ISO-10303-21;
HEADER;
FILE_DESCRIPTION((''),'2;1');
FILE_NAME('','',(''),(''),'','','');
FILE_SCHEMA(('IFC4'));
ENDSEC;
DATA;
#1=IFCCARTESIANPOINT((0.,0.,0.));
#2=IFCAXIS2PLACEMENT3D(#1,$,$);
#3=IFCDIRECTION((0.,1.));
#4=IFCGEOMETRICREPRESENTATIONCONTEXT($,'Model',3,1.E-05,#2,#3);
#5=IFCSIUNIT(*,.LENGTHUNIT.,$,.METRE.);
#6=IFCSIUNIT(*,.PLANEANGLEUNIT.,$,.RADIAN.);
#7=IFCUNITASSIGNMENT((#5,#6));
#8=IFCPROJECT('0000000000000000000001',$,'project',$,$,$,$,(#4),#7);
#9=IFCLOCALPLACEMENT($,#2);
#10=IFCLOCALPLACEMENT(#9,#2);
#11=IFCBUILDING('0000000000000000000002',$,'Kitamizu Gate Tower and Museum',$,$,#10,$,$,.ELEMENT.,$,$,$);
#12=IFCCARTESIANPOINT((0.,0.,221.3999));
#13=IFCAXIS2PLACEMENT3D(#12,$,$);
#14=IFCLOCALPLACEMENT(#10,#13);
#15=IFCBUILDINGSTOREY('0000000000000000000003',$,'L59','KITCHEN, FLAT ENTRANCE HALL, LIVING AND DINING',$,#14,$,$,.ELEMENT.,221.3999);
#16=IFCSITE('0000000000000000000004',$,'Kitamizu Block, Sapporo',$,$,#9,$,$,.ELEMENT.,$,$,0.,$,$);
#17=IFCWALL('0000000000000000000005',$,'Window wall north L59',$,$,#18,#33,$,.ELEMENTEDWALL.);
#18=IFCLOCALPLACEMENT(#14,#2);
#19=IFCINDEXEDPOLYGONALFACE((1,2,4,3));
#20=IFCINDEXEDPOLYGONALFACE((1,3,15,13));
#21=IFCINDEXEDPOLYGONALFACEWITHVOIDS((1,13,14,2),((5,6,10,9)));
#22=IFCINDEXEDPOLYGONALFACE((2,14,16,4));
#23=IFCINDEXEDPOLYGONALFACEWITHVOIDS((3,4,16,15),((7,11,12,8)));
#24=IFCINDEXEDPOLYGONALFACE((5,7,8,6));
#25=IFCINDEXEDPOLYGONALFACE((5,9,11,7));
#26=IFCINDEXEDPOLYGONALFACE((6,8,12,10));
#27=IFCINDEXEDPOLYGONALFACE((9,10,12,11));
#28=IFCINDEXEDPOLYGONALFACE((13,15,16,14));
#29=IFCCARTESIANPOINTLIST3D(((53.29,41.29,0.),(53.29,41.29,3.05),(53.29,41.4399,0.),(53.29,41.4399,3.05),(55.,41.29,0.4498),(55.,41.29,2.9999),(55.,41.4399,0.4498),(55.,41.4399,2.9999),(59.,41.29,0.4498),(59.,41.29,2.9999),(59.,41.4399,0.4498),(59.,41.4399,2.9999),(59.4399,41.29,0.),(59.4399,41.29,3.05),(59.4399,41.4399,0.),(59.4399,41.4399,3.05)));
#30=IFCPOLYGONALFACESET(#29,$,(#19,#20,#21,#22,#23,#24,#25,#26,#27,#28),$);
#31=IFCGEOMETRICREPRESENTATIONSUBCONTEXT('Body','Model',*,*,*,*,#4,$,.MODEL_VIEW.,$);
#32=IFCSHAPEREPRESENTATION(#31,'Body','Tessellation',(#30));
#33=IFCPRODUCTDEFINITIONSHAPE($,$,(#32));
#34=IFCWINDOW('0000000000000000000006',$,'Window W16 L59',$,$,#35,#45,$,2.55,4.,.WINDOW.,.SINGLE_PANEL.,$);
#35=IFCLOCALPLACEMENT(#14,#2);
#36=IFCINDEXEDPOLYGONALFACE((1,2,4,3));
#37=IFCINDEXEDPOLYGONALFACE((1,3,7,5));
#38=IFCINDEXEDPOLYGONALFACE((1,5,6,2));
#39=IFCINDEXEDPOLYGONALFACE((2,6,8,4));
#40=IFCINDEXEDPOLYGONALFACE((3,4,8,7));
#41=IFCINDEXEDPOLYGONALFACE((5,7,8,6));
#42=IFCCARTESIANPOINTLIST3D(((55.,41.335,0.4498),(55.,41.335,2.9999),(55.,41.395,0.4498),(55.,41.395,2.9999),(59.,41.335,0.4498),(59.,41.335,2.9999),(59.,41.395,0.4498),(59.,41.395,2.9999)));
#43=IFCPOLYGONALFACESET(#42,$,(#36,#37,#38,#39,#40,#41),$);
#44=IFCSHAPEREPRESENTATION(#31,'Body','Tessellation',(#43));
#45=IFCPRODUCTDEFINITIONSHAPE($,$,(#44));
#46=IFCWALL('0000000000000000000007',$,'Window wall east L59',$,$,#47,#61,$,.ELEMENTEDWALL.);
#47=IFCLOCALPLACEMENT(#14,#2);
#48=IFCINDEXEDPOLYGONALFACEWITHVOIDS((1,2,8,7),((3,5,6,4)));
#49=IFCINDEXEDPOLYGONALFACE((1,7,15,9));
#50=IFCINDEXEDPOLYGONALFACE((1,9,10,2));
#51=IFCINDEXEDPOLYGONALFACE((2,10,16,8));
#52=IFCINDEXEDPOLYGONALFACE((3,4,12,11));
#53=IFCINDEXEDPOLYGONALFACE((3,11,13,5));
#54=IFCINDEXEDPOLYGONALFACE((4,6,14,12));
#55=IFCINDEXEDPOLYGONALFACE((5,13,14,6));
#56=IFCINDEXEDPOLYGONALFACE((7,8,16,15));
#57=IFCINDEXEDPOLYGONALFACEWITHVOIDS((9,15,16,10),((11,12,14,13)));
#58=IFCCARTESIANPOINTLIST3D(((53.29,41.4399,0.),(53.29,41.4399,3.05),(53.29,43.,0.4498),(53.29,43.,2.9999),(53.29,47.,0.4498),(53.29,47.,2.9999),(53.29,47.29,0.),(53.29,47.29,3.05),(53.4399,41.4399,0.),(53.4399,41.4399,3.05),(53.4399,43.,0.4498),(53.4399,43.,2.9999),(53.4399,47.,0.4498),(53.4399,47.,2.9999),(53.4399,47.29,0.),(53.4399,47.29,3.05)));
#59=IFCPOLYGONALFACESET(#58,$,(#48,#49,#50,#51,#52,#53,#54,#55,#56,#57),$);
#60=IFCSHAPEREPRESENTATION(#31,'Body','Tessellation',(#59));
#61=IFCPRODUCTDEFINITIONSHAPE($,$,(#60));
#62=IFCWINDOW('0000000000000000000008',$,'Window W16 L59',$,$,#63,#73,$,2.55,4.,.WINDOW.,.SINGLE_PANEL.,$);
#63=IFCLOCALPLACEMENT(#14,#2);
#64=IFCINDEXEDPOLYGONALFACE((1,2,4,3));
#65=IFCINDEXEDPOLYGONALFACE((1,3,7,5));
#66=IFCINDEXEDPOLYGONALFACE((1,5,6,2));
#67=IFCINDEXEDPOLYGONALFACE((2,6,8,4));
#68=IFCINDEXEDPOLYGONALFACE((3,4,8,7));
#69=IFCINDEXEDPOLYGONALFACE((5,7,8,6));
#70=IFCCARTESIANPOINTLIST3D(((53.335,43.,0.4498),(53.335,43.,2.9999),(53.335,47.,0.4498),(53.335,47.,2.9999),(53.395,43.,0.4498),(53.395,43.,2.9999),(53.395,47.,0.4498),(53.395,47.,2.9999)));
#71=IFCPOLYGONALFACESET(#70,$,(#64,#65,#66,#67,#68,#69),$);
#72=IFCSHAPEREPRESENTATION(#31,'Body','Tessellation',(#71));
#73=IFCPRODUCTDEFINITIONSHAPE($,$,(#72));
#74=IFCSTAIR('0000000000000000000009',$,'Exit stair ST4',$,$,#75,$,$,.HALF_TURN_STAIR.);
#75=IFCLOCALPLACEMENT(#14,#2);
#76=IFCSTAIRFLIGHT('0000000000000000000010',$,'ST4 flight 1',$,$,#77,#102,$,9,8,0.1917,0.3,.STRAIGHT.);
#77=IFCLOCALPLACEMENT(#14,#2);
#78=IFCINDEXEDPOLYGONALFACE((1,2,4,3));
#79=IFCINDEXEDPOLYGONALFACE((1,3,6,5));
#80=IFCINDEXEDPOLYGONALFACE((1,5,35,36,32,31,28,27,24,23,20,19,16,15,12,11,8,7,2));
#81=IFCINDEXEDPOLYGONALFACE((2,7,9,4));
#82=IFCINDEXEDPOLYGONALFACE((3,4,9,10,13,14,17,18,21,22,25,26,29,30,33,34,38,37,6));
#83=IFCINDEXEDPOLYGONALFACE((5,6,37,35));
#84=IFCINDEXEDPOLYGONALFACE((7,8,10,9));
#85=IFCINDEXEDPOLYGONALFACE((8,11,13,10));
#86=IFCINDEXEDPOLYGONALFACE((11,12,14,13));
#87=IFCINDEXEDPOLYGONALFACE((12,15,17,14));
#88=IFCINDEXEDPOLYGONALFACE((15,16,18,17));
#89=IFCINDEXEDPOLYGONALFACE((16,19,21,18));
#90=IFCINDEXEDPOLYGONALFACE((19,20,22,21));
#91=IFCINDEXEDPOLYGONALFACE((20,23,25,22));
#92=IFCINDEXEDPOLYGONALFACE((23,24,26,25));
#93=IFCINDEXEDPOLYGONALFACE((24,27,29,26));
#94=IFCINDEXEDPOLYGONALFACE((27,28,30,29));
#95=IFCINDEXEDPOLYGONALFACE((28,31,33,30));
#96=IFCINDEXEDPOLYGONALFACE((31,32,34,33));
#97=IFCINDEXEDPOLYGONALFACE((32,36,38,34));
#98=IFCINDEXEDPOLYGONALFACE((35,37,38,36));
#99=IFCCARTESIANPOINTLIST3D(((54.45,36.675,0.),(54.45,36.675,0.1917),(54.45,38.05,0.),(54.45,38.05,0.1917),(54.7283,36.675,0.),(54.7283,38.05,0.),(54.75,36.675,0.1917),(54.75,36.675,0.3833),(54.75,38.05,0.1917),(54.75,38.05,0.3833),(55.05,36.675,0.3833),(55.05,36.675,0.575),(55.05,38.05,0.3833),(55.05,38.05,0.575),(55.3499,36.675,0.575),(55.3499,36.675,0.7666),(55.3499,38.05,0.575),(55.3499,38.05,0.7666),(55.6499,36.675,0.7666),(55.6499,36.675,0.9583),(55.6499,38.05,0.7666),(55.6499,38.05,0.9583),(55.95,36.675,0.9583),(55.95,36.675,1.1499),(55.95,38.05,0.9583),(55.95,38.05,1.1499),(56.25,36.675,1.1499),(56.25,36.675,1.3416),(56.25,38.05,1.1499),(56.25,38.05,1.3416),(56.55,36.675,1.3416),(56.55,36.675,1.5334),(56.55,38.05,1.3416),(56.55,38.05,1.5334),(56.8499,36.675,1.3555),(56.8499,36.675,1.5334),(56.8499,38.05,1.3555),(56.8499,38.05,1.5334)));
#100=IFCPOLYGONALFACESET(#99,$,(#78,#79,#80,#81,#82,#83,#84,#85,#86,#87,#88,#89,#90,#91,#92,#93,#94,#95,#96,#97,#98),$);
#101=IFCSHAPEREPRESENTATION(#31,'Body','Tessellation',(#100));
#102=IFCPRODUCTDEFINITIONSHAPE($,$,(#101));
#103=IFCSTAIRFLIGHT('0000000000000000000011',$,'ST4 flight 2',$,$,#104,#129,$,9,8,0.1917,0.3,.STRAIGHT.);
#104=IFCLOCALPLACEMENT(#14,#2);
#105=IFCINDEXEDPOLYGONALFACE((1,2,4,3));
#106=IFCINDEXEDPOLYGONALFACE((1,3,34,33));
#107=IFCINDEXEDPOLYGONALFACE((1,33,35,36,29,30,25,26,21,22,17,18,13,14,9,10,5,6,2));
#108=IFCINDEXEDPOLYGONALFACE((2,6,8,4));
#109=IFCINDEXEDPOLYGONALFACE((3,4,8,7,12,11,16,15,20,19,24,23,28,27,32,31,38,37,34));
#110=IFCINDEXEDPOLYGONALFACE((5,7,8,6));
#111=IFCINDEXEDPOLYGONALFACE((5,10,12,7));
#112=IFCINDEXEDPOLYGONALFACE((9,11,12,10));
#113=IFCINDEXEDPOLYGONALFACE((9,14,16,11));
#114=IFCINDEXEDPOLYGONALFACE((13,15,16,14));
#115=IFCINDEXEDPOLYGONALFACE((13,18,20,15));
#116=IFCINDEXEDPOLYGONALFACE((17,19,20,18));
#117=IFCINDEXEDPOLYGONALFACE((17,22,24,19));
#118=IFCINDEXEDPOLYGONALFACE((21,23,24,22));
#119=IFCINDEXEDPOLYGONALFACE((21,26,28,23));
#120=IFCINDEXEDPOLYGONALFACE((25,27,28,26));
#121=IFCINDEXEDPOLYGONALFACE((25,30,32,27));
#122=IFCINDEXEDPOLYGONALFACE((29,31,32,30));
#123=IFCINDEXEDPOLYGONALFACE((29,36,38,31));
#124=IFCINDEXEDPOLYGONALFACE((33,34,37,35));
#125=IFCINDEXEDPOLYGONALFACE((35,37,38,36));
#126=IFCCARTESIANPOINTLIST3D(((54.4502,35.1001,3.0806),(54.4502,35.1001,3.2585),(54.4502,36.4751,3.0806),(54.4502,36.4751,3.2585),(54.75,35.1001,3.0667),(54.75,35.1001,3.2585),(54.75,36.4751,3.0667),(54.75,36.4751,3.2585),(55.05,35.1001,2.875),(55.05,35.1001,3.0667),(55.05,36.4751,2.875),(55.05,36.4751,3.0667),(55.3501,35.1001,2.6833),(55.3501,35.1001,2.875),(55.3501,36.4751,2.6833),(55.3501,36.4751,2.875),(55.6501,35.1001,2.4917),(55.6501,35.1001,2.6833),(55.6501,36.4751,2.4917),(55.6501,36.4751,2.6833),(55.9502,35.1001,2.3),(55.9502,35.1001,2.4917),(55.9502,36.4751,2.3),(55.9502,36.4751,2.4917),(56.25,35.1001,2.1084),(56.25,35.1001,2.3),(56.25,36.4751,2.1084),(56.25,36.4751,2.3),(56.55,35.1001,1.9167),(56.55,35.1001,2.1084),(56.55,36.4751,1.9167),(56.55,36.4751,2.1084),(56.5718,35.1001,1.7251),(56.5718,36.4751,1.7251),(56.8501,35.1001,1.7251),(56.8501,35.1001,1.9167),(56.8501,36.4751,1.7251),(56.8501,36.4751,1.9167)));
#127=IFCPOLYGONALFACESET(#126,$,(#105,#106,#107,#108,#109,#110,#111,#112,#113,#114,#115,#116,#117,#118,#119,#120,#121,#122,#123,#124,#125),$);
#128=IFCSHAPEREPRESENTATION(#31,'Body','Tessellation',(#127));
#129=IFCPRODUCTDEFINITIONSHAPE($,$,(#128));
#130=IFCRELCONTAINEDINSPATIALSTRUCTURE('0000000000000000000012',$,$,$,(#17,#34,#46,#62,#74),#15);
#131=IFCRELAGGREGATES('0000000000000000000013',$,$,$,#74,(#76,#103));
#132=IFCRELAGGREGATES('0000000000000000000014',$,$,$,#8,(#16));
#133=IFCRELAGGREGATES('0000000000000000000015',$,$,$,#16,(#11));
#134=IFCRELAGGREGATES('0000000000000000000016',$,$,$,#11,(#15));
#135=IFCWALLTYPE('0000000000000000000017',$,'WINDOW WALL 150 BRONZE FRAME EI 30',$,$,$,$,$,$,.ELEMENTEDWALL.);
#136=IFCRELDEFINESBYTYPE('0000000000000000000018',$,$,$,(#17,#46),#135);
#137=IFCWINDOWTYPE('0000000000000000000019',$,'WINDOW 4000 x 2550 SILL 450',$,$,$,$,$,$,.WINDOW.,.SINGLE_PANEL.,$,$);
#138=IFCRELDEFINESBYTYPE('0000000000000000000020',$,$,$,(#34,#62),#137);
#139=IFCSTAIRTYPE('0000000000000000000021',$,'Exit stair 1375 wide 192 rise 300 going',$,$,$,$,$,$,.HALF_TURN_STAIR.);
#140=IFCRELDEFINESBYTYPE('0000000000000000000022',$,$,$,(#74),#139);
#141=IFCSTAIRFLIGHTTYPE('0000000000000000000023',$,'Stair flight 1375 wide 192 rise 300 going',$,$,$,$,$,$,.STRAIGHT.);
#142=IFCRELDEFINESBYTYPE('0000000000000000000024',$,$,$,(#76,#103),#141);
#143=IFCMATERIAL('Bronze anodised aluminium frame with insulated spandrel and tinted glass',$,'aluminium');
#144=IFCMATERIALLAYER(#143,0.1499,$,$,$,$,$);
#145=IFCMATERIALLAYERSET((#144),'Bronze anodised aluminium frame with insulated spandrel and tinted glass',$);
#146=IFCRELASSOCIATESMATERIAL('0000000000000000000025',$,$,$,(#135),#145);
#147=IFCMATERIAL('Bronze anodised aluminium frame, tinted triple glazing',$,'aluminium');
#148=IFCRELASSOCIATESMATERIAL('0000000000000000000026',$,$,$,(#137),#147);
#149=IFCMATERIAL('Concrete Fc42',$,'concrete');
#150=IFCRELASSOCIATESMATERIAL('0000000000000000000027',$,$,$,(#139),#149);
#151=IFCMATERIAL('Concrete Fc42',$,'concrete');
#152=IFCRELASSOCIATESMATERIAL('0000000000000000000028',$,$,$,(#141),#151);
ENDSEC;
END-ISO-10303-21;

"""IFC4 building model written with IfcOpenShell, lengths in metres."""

from ifc_helpers import new_model, si_unit, direction, frame, frame_2d, origin, place, context, subcontext, project, spatial, polyline, rectangle, outline, extrude, material, layer, layer_set, type_object, element, fill, aggregate, save


model = new_model("IFC4")

# Units and contexts
model_context = context("Model", 3, precision=1e-05, world=origin(), true_north=direction((0.0, 1.0)))
body_context = subcontext(model_context, "Body", "Model", "MODEL_VIEW")
ifc_project = project(units=[si_unit("LENGTHUNIT", "METRE"), si_unit("PLANEANGLEUNIT", "RADIAN")], contexts=[model_context])

# Site, building, storey
site_placement = place(None, origin())
site = spatial("IfcSite", under=ifc_project, at=site_placement, Name="Kitamizu Block, Sapporo", CompositionType="ELEMENT", RefElevation=0.0)
building_placement = place(site_placement, origin())
building = spatial("IfcBuilding", under=site, at=building_placement, Name="Kitamizu Gate Tower and Museum", CompositionType="ELEMENT")
storey_placement = place(building_placement, frame((0.0, 0.0, 221.3999)))
storey = spatial("IfcBuildingStorey", under=building, at=storey_placement, Name="L59", Description="KITCHEN, FLAT ENTRANCE HALL, LIVING AND DINING", CompositionType="ELEMENT", Elevation=221.3999)

# Shared definitions
ifc_material_1 = material(Name="Bronze anodised aluminium frame with insulated spandrel and tinted glass", Category="aluminium")
ifc_layer_1 = layer(ifc_material_1, 0.1499)
ifc_layer_set_1 = layer_set([ifc_layer_1], Name="Bronze anodised aluminium frame with insulated spandrel and tinted glass")
wall_type_1 = type_object("IfcWallType", Name="WINDOW WALL 150 BRONZE FRAME EI 30", PredefinedType="ELEMENTEDWALL", material=ifc_layer_set_1)

# Walls, openings, windows
wall_1_placement = place(storey_placement, frame((53.29, 41.365, 0.0), z_axis=(0.0, 0.0, 1.0), x_axis=(1.0, 0.0, 0.0)))
wall_1 = element("IfcWall", 1, at=wall_1_placement, inside=storey, type_object=wall_type_1, Name="Window wall north L59", PredefinedType="ELEMENTEDWALL", context=body_context, shape_type="SweptSolid", body=[
    extrude(rectangle(XDim=6.1499, YDim=0.1499, at=frame_2d((3.075, 0.0))), origin(), (0.0, 0.0, 1.0), 3.05),
])
opening_1_placement = place(wall_1_placement, frame((1.71, 0.0, 0.45)))
opening_1 = element("IfcOpeningElement", 2, at=opening_1_placement, cuts=wall_1, PredefinedType="OPENING", context=body_context, shape_type="SweptSolid", body=[
    extrude(rectangle(XDim=4.0, YDim=2.55, at=frame_2d((2.0, 1.2749))), frame((0.0, 0.085, 0.0), z_axis=(0.0, -1.0, 0.0), x_axis=(1.0, 0.0, 0.0)), (0.0, 0.0, 1.0), 0.1699),
])
ifc_material_2 = material(Name="Bronze anodised aluminium frame, tinted triple glazing", Category="aluminium")
window_type = type_object("IfcWindowType", Name="WINDOW 4000 x 2550 SILL 450", PartitioningType="SINGLE_PANEL", PredefinedType="WINDOW", material=ifc_material_2)
window_1_placement = place(opening_1_placement, origin())
window_1 = element("IfcWindow", 3, at=window_1_placement, inside=storey, type_object=window_type, Name="Window W16 L59", OverallHeight=2.55, OverallWidth=4.0, PartitioningType="SINGLE_PANEL", PredefinedType="WINDOW", context=body_context, shape_type="SweptSolid", body=[
    extrude(rectangle(XDim=4.0, YDim=2.55, at=frame_2d((2.0, 1.2749))), frame((0.0, 0.03, 0.0), z_axis=(0.0, -1.0, 0.0), x_axis=(1.0, 0.0, 0.0)), (0.0, 0.0, 1.0), 0.0601),
])
fill(opening_1, window_1)
wall_2_placement = place(storey_placement, frame((53.365, 41.4399, 0.0), z_axis=(0.0, 0.0, 1.0), x_axis=(0.0, 1.0, 0.0)))
wall_2 = element("IfcWall", 4, at=wall_2_placement, inside=storey, type_object=wall_type_1, Name="Window wall east L59", PredefinedType="ELEMENTEDWALL", context=body_context, shape_type="SweptSolid", body=[
    extrude(rectangle(XDim=5.8501, YDim=0.1499, at=frame_2d((2.925, 0.0))), origin(), (0.0, 0.0, 1.0), 3.05),
])
opening_2_placement = place(wall_2_placement, frame((1.5601, 0.0, 0.45)))
opening_2 = element("IfcOpeningElement", 5, at=opening_2_placement, cuts=wall_2, PredefinedType="OPENING", context=body_context, shape_type="SweptSolid", body=[
    extrude(rectangle(XDim=4.0, YDim=2.55, at=frame_2d((2.0, 1.2749))), frame((0.0, 0.085, 0.0), z_axis=(0.0, -1.0, 0.0), x_axis=(1.0, 0.0, 0.0)), (0.0, 0.0, 1.0), 0.1699),
])
window_2_placement = place(opening_2_placement, origin())
window_2 = element("IfcWindow", 6, at=window_2_placement, inside=storey, type_object=window_type, Name="Window W16 L59", OverallHeight=2.55, OverallWidth=4.0, PartitioningType="SINGLE_PANEL", PredefinedType="WINDOW", context=body_context, shape_type="SweptSolid", body=[
    extrude(rectangle(XDim=4.0, YDim=2.55, at=frame_2d((2.0, 1.2749))), frame((0.0, 0.03, 0.0), z_axis=(0.0, -1.0, 0.0), x_axis=(1.0, 0.0, 0.0)), (0.0, 0.0, 1.0), 0.0601),
])
fill(opening_2, window_2)

# Stair, stair flights
ifc_material_3 = material(Name="Concrete Fc42", Category="concrete")
stair_type = type_object("IfcStairType", Name="Exit stair 1375 wide 192 rise 300 going", PredefinedType="HALF_TURN_STAIR", material=ifc_material_3)
stair_placement = place(storey_placement, origin())
stair = element("IfcStair", 7, at=stair_placement, inside=storey, type_object=stair_type, Name="Exit stair ST4", PredefinedType="HALF_TURN_STAIR")
ifc_material_4 = material(Name="Concrete Fc42", Category="concrete")
stair_flight_type = type_object("IfcStairFlightType", Name="Stair flight 1375 wide 192 rise 300 going", PredefinedType="STRAIGHT", material=ifc_material_4)
stair_flight_1_placement = place(storey_placement, frame((54.45, 37.3625, 0.0), z_axis=(0.0, 0.0, 1.0), x_axis=(1.0, 0.0, 0.0)))
stair_flight_1 = element("IfcStairFlight", 8, at=stair_flight_1_placement, type_object=stair_flight_type, Name="ST4 flight 1", NumberOfRisers=9, NumberOfTreads=8, PredefinedType="STRAIGHT", RiserHeight=0.1917, TreadLength=0.3, context=body_context, shape_type="SweptSolid", body=[
    extrude(outline(polyline([(0.0, 0.0), (0.0, 0.1917), (0.3, 0.1917), (0.3, 0.3833), (0.6001, 0.3833), (0.6001, 0.575), (0.8999, 0.575), (0.8999, 0.7666), (1.2, 0.7666), (1.2, 0.9583), (1.5, 0.9583), (1.5, 1.1499), (1.8, 1.1499), (1.8, 1.3416), (2.1001, 1.3416), (2.1001, 1.5334), (2.3999, 1.5334), (2.3999, 1.7251), (2.3999, 1.3555), (0.2783, 0.0), (0.0, 0.0)])), frame((0.0, 0.6875, 0.0), z_axis=(0.0, -1.0, 0.0), x_axis=(1.0, 0.0, 0.0)), (0.0, 0.0, 1.0), 1.375),
])
stair_flight_2_placement = place(storey_placement, frame((56.8501, 35.7876, 1.7251), z_axis=(0.0, 0.0, 1.0), x_axis=(-1.0, 0.0, 0.0)))
stair_flight_2 = element("IfcStairFlight", 9, at=stair_flight_2_placement, type_object=stair_flight_type, Name="ST4 flight 2", NumberOfRisers=9, NumberOfTreads=8, PredefinedType="STRAIGHT", RiserHeight=0.1917, TreadLength=0.3, context=body_context, shape_type="SweptSolid", body=[
    extrude(outline(polyline([(0.0, 0.0), (0.0, 0.1917), (0.3, 0.1917), (0.3, 0.3833), (0.6001, 0.3833), (0.6001, 0.575), (0.8999, 0.575), (0.8999, 0.7666), (1.2, 0.7666), (1.2, 0.9583), (1.5, 0.9583), (1.5, 1.1499), (1.8, 1.1499), (1.8, 1.3416), (2.1001, 1.3416), (2.1001, 1.5334), (2.3999, 1.5334), (2.3999, 1.7251), (2.3999, 1.3555), (0.2783, 0.0), (0.0, 0.0)])), frame((0.0, 0.6875, 0.0), z_axis=(0.0, -1.0, 0.0), x_axis=(1.0, 0.0, 0.0)), (0.0, 0.0, 1.0), 1.375),
])
aggregate(stair, [stair_flight_1, stair_flight_2])

save(model, "model.ifc")
